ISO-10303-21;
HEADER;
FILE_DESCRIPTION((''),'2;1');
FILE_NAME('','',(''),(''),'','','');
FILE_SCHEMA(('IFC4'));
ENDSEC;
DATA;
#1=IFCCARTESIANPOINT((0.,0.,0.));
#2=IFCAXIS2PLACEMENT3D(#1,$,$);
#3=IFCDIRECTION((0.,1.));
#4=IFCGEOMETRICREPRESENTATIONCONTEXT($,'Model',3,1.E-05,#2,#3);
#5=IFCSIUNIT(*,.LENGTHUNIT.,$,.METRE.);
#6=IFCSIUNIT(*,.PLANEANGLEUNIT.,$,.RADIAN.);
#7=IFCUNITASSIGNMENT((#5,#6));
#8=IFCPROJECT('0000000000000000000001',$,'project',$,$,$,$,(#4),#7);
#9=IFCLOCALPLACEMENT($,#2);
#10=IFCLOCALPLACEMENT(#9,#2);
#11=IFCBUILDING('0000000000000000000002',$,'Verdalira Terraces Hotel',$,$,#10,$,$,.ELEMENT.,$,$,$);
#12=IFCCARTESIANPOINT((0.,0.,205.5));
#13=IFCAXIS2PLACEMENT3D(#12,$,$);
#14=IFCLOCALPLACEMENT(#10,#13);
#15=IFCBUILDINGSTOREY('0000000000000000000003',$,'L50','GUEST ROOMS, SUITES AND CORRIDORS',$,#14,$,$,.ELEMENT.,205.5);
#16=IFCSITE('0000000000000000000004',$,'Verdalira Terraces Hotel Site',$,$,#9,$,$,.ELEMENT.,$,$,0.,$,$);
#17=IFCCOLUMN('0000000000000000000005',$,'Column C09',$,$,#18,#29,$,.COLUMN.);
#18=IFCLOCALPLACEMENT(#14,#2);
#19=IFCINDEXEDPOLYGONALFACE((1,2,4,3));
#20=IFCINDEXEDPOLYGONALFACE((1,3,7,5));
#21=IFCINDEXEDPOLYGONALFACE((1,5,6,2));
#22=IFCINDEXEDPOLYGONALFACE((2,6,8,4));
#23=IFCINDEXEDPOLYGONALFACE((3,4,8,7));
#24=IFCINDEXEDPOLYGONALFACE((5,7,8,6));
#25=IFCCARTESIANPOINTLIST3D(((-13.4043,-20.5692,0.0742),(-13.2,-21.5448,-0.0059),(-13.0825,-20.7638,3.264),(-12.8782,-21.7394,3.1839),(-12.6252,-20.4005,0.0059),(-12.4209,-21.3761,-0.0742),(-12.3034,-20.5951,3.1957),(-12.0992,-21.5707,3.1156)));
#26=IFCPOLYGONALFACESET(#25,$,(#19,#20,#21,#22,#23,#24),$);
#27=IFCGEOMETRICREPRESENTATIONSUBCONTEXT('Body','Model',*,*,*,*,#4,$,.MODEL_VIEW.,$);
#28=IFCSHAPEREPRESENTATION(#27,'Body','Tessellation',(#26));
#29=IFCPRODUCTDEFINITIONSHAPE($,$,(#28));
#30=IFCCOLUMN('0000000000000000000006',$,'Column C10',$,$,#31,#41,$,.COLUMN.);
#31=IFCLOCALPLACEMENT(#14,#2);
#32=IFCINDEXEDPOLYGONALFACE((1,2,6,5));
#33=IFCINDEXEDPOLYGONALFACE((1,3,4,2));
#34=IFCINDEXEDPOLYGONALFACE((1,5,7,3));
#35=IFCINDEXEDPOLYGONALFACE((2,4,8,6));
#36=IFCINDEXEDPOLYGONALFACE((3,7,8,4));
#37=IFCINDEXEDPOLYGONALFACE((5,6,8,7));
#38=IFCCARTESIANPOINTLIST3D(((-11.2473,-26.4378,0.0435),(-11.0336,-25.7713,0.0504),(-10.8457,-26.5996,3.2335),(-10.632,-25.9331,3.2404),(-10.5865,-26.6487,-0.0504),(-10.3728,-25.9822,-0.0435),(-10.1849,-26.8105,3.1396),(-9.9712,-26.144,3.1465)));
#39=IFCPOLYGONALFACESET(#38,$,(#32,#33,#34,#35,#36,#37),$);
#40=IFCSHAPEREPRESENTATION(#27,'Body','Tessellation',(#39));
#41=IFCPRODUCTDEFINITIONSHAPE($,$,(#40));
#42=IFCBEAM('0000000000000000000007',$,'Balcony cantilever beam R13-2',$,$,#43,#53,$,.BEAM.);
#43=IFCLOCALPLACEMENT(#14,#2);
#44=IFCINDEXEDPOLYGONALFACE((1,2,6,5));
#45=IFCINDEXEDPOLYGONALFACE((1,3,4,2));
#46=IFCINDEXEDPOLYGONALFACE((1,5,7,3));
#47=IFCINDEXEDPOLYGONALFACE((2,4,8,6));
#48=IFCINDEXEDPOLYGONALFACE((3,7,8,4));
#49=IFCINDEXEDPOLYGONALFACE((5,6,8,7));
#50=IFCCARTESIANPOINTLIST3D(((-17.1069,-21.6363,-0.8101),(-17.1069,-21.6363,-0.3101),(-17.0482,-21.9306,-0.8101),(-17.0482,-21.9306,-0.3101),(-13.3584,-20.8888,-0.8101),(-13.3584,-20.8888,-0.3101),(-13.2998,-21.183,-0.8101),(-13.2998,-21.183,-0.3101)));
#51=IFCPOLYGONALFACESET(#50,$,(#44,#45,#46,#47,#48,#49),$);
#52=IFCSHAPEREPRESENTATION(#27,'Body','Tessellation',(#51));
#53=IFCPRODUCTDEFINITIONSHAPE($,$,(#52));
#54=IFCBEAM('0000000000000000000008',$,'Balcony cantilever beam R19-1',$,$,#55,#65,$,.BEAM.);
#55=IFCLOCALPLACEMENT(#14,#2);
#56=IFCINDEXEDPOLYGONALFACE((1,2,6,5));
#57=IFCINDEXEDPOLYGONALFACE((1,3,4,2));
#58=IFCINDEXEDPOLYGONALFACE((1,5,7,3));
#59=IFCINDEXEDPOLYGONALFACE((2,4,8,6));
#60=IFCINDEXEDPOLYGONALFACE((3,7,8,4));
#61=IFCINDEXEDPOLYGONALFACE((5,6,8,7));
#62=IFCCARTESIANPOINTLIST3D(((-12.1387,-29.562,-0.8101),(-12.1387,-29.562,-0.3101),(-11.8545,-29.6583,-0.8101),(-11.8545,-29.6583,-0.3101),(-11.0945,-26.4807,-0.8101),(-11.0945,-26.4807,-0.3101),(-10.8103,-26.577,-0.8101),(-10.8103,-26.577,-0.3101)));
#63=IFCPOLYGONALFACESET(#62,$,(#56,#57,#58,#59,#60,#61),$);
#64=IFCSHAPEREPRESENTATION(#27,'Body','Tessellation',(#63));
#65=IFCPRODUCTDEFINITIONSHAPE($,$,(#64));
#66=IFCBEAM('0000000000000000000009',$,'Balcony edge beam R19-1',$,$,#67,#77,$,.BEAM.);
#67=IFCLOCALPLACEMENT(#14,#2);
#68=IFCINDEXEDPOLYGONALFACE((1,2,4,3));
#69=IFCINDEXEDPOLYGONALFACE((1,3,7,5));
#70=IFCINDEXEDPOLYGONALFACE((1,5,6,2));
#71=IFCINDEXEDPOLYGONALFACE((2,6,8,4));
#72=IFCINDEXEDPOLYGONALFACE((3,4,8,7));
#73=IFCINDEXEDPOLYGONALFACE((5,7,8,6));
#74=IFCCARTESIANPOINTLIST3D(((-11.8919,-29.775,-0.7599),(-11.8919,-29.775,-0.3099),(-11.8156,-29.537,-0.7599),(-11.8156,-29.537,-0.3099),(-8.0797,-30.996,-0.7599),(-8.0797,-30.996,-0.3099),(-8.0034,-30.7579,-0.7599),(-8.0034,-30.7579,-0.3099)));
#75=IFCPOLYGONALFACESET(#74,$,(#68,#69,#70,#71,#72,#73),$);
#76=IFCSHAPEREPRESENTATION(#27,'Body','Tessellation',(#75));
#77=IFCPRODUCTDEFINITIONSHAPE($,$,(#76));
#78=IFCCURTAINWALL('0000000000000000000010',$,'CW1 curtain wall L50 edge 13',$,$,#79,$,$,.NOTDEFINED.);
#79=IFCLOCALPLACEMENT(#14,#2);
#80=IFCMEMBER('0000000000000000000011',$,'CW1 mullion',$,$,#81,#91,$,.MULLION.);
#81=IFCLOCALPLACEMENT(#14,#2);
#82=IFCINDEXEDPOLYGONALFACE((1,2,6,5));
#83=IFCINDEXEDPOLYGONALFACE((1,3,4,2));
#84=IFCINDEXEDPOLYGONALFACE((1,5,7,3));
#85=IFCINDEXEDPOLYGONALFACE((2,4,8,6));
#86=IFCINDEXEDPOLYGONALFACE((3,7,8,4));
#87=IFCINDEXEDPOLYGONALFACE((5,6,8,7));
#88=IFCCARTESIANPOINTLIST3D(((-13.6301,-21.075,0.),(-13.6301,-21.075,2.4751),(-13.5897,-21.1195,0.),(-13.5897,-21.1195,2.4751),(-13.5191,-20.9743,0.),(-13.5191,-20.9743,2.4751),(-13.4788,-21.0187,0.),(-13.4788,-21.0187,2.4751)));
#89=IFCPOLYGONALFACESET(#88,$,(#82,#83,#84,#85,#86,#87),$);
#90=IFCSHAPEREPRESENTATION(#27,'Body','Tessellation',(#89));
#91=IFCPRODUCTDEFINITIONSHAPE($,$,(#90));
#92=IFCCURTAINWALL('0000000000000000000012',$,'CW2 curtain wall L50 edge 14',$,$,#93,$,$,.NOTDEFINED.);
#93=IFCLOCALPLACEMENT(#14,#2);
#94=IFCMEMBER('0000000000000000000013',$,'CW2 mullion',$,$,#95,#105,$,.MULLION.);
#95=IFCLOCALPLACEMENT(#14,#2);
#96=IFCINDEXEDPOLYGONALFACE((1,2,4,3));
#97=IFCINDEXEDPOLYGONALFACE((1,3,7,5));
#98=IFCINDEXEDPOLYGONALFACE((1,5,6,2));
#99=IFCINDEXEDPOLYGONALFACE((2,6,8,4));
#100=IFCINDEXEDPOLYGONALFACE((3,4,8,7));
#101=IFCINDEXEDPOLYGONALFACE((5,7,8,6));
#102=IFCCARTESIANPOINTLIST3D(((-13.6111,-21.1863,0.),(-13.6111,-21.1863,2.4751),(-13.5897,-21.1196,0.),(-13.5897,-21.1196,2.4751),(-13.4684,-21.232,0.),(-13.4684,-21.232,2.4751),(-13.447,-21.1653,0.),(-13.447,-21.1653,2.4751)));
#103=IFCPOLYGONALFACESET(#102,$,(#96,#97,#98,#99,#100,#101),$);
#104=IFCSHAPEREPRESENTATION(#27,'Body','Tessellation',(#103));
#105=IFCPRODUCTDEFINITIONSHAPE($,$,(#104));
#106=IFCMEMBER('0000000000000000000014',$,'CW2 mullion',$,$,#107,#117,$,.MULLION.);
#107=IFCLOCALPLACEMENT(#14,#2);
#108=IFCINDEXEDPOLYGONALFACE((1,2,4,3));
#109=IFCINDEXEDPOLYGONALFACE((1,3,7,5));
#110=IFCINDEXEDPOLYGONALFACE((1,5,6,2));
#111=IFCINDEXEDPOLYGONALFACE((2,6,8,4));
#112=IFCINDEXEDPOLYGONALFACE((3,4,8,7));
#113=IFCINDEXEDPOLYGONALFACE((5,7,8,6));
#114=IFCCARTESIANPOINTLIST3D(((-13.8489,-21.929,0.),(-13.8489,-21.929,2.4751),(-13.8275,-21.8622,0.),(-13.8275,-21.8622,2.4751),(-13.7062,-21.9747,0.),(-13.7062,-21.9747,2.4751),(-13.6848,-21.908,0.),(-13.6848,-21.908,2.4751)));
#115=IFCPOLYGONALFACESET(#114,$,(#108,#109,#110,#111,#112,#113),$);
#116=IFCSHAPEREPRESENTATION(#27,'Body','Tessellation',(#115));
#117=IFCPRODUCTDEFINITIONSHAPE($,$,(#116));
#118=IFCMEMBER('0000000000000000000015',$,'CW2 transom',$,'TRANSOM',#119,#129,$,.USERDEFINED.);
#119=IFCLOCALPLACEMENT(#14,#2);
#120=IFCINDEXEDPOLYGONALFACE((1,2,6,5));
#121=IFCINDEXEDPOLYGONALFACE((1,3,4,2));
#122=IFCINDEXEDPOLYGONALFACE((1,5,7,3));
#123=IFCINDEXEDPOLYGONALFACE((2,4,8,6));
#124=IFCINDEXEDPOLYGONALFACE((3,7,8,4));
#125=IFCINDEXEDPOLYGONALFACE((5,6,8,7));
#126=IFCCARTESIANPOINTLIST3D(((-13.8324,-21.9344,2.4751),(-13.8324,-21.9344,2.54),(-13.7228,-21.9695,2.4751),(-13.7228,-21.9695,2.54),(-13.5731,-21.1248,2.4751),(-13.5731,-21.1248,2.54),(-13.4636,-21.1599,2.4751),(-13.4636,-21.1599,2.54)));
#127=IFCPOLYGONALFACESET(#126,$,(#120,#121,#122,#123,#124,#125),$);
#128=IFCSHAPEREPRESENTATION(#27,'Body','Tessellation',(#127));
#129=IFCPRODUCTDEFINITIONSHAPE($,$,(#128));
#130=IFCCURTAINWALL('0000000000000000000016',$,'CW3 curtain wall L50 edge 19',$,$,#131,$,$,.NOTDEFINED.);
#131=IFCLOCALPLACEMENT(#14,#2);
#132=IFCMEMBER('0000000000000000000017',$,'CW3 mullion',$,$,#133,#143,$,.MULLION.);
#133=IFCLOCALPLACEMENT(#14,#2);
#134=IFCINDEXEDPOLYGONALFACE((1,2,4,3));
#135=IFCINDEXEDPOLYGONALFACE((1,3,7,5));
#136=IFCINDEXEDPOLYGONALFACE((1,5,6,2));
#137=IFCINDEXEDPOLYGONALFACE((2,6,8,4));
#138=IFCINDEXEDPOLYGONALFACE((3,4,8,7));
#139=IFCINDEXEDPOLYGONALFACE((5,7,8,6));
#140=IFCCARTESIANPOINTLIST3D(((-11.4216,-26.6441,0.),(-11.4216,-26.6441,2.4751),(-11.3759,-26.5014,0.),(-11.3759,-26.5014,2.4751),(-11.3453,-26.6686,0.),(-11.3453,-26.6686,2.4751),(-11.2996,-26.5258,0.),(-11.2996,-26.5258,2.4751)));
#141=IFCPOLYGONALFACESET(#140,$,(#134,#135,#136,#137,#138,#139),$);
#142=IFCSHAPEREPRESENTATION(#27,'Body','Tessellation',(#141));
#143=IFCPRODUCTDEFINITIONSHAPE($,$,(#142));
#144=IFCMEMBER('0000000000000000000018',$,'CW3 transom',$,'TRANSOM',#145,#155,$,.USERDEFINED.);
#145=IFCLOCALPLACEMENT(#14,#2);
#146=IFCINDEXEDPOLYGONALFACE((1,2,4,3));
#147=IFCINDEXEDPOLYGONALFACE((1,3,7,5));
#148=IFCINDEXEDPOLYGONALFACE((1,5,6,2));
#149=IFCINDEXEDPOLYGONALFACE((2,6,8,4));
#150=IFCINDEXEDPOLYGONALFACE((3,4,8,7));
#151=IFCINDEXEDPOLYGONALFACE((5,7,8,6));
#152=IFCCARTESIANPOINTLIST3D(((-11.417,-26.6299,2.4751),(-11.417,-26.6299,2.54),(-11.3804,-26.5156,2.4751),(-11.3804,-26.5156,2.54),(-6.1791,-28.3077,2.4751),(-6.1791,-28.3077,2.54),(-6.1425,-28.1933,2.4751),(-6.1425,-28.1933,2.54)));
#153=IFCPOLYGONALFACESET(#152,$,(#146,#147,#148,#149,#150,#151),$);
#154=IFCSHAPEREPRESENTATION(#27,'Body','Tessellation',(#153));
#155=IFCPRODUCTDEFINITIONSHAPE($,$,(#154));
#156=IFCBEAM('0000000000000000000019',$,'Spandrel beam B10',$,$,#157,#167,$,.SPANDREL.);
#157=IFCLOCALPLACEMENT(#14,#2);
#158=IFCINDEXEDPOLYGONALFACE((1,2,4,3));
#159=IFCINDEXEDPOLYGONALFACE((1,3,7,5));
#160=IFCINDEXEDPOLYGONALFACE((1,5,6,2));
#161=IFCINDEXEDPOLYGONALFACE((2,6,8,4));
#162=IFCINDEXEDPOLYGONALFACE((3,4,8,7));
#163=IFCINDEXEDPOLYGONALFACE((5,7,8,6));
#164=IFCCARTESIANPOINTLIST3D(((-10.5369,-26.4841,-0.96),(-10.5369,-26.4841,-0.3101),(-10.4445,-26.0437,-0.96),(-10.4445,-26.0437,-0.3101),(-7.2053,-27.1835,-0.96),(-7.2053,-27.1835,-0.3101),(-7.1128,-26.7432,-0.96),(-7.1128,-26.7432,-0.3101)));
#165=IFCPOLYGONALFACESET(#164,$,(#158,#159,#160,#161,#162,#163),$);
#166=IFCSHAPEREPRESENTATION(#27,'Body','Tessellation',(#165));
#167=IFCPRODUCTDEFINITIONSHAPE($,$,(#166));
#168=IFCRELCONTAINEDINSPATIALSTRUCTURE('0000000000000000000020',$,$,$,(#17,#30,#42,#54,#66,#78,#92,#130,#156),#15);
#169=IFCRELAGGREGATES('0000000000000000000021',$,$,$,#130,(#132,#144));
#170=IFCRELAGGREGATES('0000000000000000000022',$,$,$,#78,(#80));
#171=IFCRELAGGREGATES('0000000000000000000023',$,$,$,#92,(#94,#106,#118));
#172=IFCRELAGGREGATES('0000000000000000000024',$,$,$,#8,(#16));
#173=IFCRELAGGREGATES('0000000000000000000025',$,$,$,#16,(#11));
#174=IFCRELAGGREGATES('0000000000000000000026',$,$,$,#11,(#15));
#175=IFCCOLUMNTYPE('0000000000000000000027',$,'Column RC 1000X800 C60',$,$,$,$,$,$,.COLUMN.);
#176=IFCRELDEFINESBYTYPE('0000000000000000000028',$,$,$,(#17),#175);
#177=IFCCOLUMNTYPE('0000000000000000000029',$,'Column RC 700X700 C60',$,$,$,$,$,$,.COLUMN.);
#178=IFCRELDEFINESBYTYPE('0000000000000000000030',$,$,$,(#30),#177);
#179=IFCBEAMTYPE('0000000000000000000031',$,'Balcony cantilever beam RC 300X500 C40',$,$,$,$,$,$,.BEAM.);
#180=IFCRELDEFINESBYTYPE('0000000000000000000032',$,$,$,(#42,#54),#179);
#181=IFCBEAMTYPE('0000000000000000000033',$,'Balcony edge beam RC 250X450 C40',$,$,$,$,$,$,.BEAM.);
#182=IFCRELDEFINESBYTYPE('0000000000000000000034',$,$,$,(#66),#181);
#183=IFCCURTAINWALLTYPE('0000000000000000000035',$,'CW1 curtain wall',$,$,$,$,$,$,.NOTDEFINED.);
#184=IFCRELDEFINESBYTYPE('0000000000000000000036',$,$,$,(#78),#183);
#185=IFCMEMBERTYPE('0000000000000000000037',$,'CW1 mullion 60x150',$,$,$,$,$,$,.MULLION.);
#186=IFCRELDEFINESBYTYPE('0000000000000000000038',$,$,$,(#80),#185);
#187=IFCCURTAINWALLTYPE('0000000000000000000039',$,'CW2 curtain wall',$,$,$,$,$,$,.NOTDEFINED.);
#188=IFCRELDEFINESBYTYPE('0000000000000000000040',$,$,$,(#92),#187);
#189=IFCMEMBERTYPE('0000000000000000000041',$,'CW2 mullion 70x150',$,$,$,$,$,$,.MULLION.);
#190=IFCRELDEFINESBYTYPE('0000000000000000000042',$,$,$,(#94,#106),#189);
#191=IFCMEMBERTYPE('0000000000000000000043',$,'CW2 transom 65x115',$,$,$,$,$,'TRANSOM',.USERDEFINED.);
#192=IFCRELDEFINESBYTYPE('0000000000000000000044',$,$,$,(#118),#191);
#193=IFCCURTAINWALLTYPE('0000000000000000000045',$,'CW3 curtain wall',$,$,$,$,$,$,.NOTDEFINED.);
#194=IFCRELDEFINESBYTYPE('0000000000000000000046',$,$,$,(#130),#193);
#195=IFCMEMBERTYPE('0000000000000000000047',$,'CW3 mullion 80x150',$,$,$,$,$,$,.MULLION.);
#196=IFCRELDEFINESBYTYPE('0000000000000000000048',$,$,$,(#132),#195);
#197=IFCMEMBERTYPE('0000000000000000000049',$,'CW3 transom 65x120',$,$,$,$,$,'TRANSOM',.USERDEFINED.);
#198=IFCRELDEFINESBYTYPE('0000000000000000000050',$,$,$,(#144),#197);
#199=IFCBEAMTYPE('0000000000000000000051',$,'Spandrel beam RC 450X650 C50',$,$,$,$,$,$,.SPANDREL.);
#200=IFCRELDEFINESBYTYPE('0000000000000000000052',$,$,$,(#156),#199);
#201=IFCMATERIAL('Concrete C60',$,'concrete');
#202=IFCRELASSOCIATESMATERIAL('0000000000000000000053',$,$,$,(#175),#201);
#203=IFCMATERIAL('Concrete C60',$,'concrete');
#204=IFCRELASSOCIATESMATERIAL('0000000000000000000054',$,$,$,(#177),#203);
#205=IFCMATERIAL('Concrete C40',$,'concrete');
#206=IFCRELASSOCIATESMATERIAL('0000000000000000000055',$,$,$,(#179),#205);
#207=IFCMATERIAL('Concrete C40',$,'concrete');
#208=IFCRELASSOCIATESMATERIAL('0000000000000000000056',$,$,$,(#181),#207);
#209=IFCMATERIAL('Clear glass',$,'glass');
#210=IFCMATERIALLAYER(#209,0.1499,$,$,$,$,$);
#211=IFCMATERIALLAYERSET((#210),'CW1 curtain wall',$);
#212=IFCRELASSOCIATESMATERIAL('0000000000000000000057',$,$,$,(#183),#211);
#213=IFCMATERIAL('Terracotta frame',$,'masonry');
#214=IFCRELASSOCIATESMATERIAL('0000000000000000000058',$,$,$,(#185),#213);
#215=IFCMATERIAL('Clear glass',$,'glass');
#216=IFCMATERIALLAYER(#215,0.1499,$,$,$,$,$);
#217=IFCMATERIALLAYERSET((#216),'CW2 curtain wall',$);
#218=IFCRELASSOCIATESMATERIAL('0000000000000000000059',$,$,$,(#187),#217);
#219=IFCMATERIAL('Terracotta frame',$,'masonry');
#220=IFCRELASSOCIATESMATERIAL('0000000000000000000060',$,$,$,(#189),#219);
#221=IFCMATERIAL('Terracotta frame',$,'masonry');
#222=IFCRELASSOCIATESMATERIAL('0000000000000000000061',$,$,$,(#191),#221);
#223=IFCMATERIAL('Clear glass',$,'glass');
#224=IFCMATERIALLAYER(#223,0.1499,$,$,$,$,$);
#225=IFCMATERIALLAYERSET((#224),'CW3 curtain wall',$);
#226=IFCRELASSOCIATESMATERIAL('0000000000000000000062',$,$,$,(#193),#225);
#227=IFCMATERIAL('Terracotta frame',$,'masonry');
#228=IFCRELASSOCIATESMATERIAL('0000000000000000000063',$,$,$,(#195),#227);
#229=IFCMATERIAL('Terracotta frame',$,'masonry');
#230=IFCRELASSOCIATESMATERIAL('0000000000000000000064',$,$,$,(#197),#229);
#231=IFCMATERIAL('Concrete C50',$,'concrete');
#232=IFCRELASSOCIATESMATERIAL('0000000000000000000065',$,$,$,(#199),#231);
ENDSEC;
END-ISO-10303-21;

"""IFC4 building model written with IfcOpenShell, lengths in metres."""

from ifc_helpers import new_model, si_unit, direction, frame, origin, origin_2d, place, context, subcontext, project, spatial, rectangle, extrude, material, layer, layer_set, material_profile, profile_set, type_object, element, aggregate, save


model = new_model("IFC4")

# Units and contexts
model_context = context("Model", 3, precision=1e-05, world=origin(), true_north=direction((0.0, 1.0)))
body_context = subcontext(model_context, "Body", "Model", "MODEL_VIEW")
ifc_project = project(units=[si_unit("LENGTHUNIT", "METRE"), si_unit("PLANEANGLEUNIT", "RADIAN")], contexts=[model_context])

# Site, building, storey
site_placement = place(None, origin())
site = spatial("IfcSite", under=ifc_project, at=site_placement, Name="Verdalira Terraces Hotel Site", CompositionType="ELEMENT", RefElevation=0.0)
building_placement = place(site_placement, origin())
building = spatial("IfcBuilding", under=site, at=building_placement, Name="Verdalira Terraces Hotel", CompositionType="ELEMENT")
storey_placement = place(building_placement, frame((0.0, 0.0, 205.5)))
storey = spatial("IfcBuildingStorey", under=building, at=storey_placement, Name="L50", Description="GUEST ROOMS, SUITES AND CORRIDORS", CompositionType="ELEMENT", Elevation=205.5)

# Columns
ifc_material_1 = material(Name="Concrete C60", Category="concrete")
ifc_material_profile_1 = material_profile(ifc_material_1, rectangle(XDim=1.0, YDim=0.8, at=origin_2d()), Name="RC 1000X800")
ifc_profile_set_1 = profile_set([ifc_material_profile_1], Name="Concrete C60")
column_type_1 = type_object("IfcColumnType", Name="Column RC 1000X800 C60", PredefinedType="COLUMN", material=ifc_profile_set_1)
column_1_placement = place(storey_placement, frame((-12.9126, -20.9727, 0.0), z_axis=(0.100179, -0.060579, 0.993124), x_axis=(-0.20425, 0.975635, 0.080115)))
element("IfcColumn", 1, at=column_1_placement, inside=storey, type_object=column_type_1, Name="Column C09", PredefinedType="COLUMN", context=body_context, shape_type="SweptSolid", body=[
    extrude(rectangle(XDim=1.0, YDim=0.8, at=origin_2d()), origin(), (0.0, 0.0, 1.0), 3.2119),
])
ifc_material_2 = material(Name="Concrete C60", Category="concrete")
ifc_material_profile_2 = material_profile(ifc_material_2, rectangle(XDim=0.7, YDim=0.7, at=origin_2d()), Name="RC 700X700")
ifc_profile_set_2 = profile_set([ifc_material_profile_2], Name="Concrete C60")
column_type_2 = type_object("IfcColumnType", Name="Column RC 700X700 C60", PredefinedType="COLUMN", material=ifc_profile_set_2)
column_2_placement = place(storey_placement, frame((-10.8101, -26.21, 0.0), z_axis=(0.124755, -0.050281, 0.990913), x_axis=(0.944043, -0.301312, -0.134144)))
element("IfcColumn", 2, at=column_2_placement, inside=storey, type_object=column_type_2, Name="Column C10", PredefinedType="COLUMN", context=body_context, shape_type="SweptSolid", body=[
    extrude(rectangle(XDim=0.7, YDim=0.7, at=origin_2d()), origin(), (0.0, 0.0, 1.0), 3.2192),
])

# Beams
ifc_material_3 = material(Name="Concrete C40", Category="concrete")
ifc_material_profile_3 = material_profile(ifc_material_3, rectangle(XDim=0.3, YDim=0.5, at=origin_2d()), Name="RC 300X500")
ifc_profile_set_3 = profile_set([ifc_material_profile_3], Name="Concrete C40")
beam_type_1 = type_object("IfcBeamType", Name="Balcony cantilever beam RC 300X500 C40", PredefinedType="BEAM", material=ifc_profile_set_3)
beam_1_placement = place(storey_placement, frame((-13.3291, -21.0359, -0.5601), z_axis=(-0.980689, -0.195576, 0.0), x_axis=(0.195576, -0.980689, 0.0)))
element("IfcBeam", 3, at=beam_1_placement, inside=storey, type_object=beam_type_1, Name="Balcony cantilever beam R13-2", PredefinedType="BEAM", context=body_context, shape_type="SweptSolid", body=[
    extrude(rectangle(XDim=0.3, YDim=0.5, at=origin_2d()), origin(), (0.0, 0.0, 1.0), 3.8223),
])
beam_2_placement = place(storey_placement, frame((-10.9524, -26.5288, -0.5601), z_axis=(-0.320951, -0.947096, 0.0), x_axis=(0.947096, -0.320951, 0.0)))
element("IfcBeam", 4, at=beam_2_placement, inside=storey, type_object=beam_type_1, Name="Balcony cantilever beam R19-1", PredefinedType="BEAM", context=body_context, shape_type="SweptSolid", body=[
    extrude(rectangle(XDim=0.3, YDim=0.5, at=origin_2d()), origin(), (0.0, 0.0, 1.0), 3.2534),
])
ifc_material_4 = material(Name="Concrete C40", Category="concrete")
ifc_material_profile_4 = material_profile(ifc_material_4, rectangle(XDim=0.25, YDim=0.45, at=origin_2d()), Name="RC 250X450")
ifc_profile_set_4 = profile_set([ifc_material_profile_4], Name="Concrete C40")
beam_type_2 = type_object("IfcBeamType", Name="Balcony edge beam RC 250X450 C40", PredefinedType="BEAM", material=ifc_profile_set_4)
beam_3_placement = place(storey_placement, frame((-11.8538, -29.656, -0.5349), z_axis=(0.95235, -0.305008, 0.0), x_axis=(0.305008, 0.95235, 0.0)))
element("IfcBeam", 5, at=beam_3_placement, inside=storey, type_object=beam_type_2, Name="Balcony edge beam R19-1", PredefinedType="BEAM", context=body_context, shape_type="SweptSolid", body=[
    extrude(rectangle(XDim=0.25, YDim=0.45, at=origin_2d()), origin(), (0.0, 0.0, 1.0), 4.0029),
])

# Curtain wall, member
ifc_material_5 = material(Name="Clear glass", Category="glass")
ifc_layer_1 = layer(ifc_material_5, 0.1499)
ifc_layer_set_1 = layer_set([ifc_layer_1], Name="CW1 curtain wall")
curtain_wall_type_1 = type_object("IfcCurtainWallType", Name="CW1 curtain wall", PredefinedType="NOTDEFINED", material=ifc_layer_set_1)
curtain_wall_1_placement = place(storey_placement, origin())
curtain_wall_1 = element("IfcCurtainWall", 6, at=curtain_wall_1_placement, inside=storey, type_object=curtain_wall_type_1, Name="CW1 curtain wall L50 edge 13", PredefinedType="NOTDEFINED")
ifc_material_6 = material(Name="Terracotta frame", Category="masonry")
ifc_material_profile_5 = material_profile(ifc_material_6, rectangle(XDim=0.0601, YDim=0.1499, at=origin_2d()), Name="MU 60x150")
ifc_profile_set_5 = profile_set([ifc_material_profile_5], Name="Terracotta frame")
member_type_1 = type_object("IfcMemberType", Name="CW1 mullion 60x150", PredefinedType="MULLION", material=ifc_profile_set_5)
member_1_placement = place(storey_placement, frame((-13.5544, -21.0469, 0.0), z_axis=(0.0, 0.0, 1.0), x_axis=(0.672238, -0.740335, 0.0)))
member_1 = element("IfcMember", 7, at=member_1_placement, type_object=member_type_1, Name="CW1 mullion", PredefinedType="MULLION", context=body_context, shape_type="SweptSolid", body=[
    extrude(rectangle(XDim=0.0601, YDim=0.1499, at=origin_2d()), origin(), (0.0, 0.0, 1.0), 2.4751),
])

# Curtain walls, members
ifc_material_7 = material(Name="Clear glass", Category="glass")
ifc_layer_2 = layer(ifc_material_7, 0.1499)
ifc_layer_set_2 = layer_set([ifc_layer_2], Name="CW2 curtain wall")
curtain_wall_type_2 = type_object("IfcCurtainWallType", Name="CW2 curtain wall", PredefinedType="NOTDEFINED", material=ifc_layer_set_2)
curtain_wall_2_placement = place(storey_placement, origin())
curtain_wall_2 = element("IfcCurtainWall", 8, at=curtain_wall_2_placement, inside=storey, type_object=curtain_wall_type_2, Name="CW2 curtain wall L50 edge 14", PredefinedType="NOTDEFINED")
ifc_material_8 = material(Name="Terracotta frame", Category="masonry")
ifc_material_profile_6 = material_profile(ifc_material_8, rectangle(XDim=0.0701, YDim=0.1499, at=origin_2d()), Name="MU 70x150")
ifc_profile_set_6 = profile_set([ifc_material_profile_6], Name="Terracotta frame")
member_type_2 = type_object("IfcMemberType", Name="CW2 mullion 70x150", PredefinedType="MULLION", material=ifc_profile_set_6)
member_2_placement = place(storey_placement, frame((-13.5291, -21.1758, 0.0), z_axis=(0.0, 0.0, 1.0), x_axis=(-0.305031, -0.952343, 0.0)))
member_2 = element("IfcMember", 9, at=member_2_placement, type_object=member_type_2, Name="CW2 mullion", PredefinedType="MULLION", context=body_context, shape_type="SweptSolid", body=[
    extrude(rectangle(XDim=0.0701, YDim=0.1499, at=origin_2d()), origin(), (0.0, 0.0, 1.0), 2.4751),
])
member_3_placement = place(storey_placement, frame((-13.7668, -21.9185, 0.0), z_axis=(0.0, 0.0, 1.0), x_axis=(-0.305031, -0.952343, 0.0)))
member_3 = element("IfcMember", 10, at=member_3_placement, type_object=member_type_2, Name="CW2 mullion", PredefinedType="MULLION", context=body_context, shape_type="SweptSolid", body=[
    extrude(rectangle(XDim=0.0701, YDim=0.1499, at=origin_2d()), origin(), (0.0, 0.0, 1.0), 2.4751),
])
ifc_material_9 = material(Name="Terracotta frame", Category="masonry")
ifc_material_profile_7 = material_profile(ifc_material_9, rectangle(XDim=0.115, YDim=0.0649, at=origin_2d()), Name="TR 65x115")
ifc_profile_set_7 = profile_set([ifc_material_profile_7], Name="Terracotta frame")
member_type_3 = type_object("IfcMemberType", Name="CW2 transom 65x115", ElementType="TRANSOM", PredefinedType="USERDEFINED", material=ifc_profile_set_7)
member_4_placement = place(storey_placement, frame((-13.5183, -21.1423, 2.5076), z_axis=(-0.305005, -0.952351, 0.0), x_axis=(0.952351, -0.305005, 0.0)))
member_4 = element("IfcMember", 11, at=member_4_placement, type_object=member_type_3, Name="CW2 transom", ObjectType="TRANSOM", PredefinedType="USERDEFINED", context=body_context, shape_type="SweptSolid", body=[
    extrude(rectangle(XDim=0.115, YDim=0.0649, at=origin_2d()), origin(), (0.0, 0.0, 1.0), 0.8501),
])
ifc_material_10 = material(Name="Clear glass", Category="glass")
ifc_layer_3 = layer(ifc_material_10, 0.1499)
ifc_layer_set_3 = layer_set([ifc_layer_3], Name="CW3 curtain wall")
curtain_wall_type_3 = type_object("IfcCurtainWallType", Name="CW3 curtain wall", PredefinedType="NOTDEFINED", material=ifc_layer_set_3)
curtain_wall_3_placement = place(storey_placement, origin())
curtain_wall_3 = element("IfcCurtainWall", 12, at=curtain_wall_3_placement, inside=storey, type_object=curtain_wall_type_3, Name="CW3 curtain wall L50 edge 19", PredefinedType="NOTDEFINED")
ifc_material_11 = material(Name="Terracotta frame", Category="masonry")
ifc_material_profile_8 = material_profile(ifc_material_11, rectangle(XDim=0.0801, YDim=0.1499, at=origin_2d()), Name="MU 80x150")
ifc_profile_set_8 = profile_set([ifc_material_profile_8], Name="Terracotta frame")
member_type_4 = type_object("IfcMemberType", Name="CW3 mullion 80x150", PredefinedType="MULLION", material=ifc_profile_set_8)
member_5_placement = place(storey_placement, frame((-11.3606, -26.585, 0.0), z_axis=(0.0, 0.0, 1.0), x_axis=(0.952343, -0.305031, 0.0)))
member_5 = element("IfcMember", 13, at=member_5_placement, type_object=member_type_4, Name="CW3 mullion", PredefinedType="MULLION", context=body_context, shape_type="SweptSolid", body=[
    extrude(rectangle(XDim=0.0801, YDim=0.1499, at=origin_2d()), origin(), (0.0, 0.0, 1.0), 2.4751),
])
ifc_material_12 = material(Name="Terracotta frame", Category="masonry")
ifc_material_profile_9 = material_profile(ifc_material_12, rectangle(XDim=0.1201, YDim=0.0649, at=origin_2d()), Name="TR 65x120")
ifc_profile_set_9 = profile_set([ifc_material_profile_9], Name="Terracotta frame")
member_type_5 = type_object("IfcMemberType", Name="CW3 transom 65x120", ElementType="TRANSOM", PredefinedType="USERDEFINED", material=ifc_profile_set_9)
member_6_placement = place(storey_placement, frame((-11.3987, -26.5728, 2.5076), z_axis=(0.952338, -0.305046, 0.0), x_axis=(0.305046, 0.952338, 0.0)))
member_6 = element("IfcMember", 14, at=member_6_placement, type_object=member_type_5, Name="CW3 transom", ObjectType="TRANSOM", PredefinedType="USERDEFINED", context=body_context, shape_type="SweptSolid", body=[
    extrude(rectangle(XDim=0.1201, YDim=0.0649, at=origin_2d()), origin(), (0.0, 0.0, 1.0), 5.5),
])
aggregate(curtain_wall_3, [member_5, member_6])

# Beam
ifc_material_13 = material(Name="Concrete C50", Category="concrete")
ifc_material_profile_10 = material_profile(ifc_material_13, rectangle(XDim=0.45, YDim=0.6499, at=origin_2d()), Name="RC 450X650")
ifc_profile_set_10 = profile_set([ifc_material_profile_10], Name="Concrete C50")
beam_type_3 = type_object("IfcBeamType", Name="Spandrel beam RC 450X650 C50", PredefinedType="SPANDREL", material=ifc_profile_set_10)
beam_4_placement = place(storey_placement, frame((-10.4907, -26.2639, -0.635), z_axis=(0.978666, -0.205457, 0.0), x_axis=(0.205457, 0.978666, 0.0)))
element("IfcBeam", 15, at=beam_4_placement, inside=storey, type_object=beam_type_3, Name="Spandrel beam B10", PredefinedType="SPANDREL", context=body_context, shape_type="SweptSolid", body=[
    extrude(rectangle(XDim=0.45, YDim=0.6499, at=origin_2d()), origin(), (0.0, 0.0, 1.0), 3.4043),
])

aggregate(curtain_wall_1, [member_1])
aggregate(curtain_wall_2, [member_2, member_3, member_4])

save(model, "model.ifc")
